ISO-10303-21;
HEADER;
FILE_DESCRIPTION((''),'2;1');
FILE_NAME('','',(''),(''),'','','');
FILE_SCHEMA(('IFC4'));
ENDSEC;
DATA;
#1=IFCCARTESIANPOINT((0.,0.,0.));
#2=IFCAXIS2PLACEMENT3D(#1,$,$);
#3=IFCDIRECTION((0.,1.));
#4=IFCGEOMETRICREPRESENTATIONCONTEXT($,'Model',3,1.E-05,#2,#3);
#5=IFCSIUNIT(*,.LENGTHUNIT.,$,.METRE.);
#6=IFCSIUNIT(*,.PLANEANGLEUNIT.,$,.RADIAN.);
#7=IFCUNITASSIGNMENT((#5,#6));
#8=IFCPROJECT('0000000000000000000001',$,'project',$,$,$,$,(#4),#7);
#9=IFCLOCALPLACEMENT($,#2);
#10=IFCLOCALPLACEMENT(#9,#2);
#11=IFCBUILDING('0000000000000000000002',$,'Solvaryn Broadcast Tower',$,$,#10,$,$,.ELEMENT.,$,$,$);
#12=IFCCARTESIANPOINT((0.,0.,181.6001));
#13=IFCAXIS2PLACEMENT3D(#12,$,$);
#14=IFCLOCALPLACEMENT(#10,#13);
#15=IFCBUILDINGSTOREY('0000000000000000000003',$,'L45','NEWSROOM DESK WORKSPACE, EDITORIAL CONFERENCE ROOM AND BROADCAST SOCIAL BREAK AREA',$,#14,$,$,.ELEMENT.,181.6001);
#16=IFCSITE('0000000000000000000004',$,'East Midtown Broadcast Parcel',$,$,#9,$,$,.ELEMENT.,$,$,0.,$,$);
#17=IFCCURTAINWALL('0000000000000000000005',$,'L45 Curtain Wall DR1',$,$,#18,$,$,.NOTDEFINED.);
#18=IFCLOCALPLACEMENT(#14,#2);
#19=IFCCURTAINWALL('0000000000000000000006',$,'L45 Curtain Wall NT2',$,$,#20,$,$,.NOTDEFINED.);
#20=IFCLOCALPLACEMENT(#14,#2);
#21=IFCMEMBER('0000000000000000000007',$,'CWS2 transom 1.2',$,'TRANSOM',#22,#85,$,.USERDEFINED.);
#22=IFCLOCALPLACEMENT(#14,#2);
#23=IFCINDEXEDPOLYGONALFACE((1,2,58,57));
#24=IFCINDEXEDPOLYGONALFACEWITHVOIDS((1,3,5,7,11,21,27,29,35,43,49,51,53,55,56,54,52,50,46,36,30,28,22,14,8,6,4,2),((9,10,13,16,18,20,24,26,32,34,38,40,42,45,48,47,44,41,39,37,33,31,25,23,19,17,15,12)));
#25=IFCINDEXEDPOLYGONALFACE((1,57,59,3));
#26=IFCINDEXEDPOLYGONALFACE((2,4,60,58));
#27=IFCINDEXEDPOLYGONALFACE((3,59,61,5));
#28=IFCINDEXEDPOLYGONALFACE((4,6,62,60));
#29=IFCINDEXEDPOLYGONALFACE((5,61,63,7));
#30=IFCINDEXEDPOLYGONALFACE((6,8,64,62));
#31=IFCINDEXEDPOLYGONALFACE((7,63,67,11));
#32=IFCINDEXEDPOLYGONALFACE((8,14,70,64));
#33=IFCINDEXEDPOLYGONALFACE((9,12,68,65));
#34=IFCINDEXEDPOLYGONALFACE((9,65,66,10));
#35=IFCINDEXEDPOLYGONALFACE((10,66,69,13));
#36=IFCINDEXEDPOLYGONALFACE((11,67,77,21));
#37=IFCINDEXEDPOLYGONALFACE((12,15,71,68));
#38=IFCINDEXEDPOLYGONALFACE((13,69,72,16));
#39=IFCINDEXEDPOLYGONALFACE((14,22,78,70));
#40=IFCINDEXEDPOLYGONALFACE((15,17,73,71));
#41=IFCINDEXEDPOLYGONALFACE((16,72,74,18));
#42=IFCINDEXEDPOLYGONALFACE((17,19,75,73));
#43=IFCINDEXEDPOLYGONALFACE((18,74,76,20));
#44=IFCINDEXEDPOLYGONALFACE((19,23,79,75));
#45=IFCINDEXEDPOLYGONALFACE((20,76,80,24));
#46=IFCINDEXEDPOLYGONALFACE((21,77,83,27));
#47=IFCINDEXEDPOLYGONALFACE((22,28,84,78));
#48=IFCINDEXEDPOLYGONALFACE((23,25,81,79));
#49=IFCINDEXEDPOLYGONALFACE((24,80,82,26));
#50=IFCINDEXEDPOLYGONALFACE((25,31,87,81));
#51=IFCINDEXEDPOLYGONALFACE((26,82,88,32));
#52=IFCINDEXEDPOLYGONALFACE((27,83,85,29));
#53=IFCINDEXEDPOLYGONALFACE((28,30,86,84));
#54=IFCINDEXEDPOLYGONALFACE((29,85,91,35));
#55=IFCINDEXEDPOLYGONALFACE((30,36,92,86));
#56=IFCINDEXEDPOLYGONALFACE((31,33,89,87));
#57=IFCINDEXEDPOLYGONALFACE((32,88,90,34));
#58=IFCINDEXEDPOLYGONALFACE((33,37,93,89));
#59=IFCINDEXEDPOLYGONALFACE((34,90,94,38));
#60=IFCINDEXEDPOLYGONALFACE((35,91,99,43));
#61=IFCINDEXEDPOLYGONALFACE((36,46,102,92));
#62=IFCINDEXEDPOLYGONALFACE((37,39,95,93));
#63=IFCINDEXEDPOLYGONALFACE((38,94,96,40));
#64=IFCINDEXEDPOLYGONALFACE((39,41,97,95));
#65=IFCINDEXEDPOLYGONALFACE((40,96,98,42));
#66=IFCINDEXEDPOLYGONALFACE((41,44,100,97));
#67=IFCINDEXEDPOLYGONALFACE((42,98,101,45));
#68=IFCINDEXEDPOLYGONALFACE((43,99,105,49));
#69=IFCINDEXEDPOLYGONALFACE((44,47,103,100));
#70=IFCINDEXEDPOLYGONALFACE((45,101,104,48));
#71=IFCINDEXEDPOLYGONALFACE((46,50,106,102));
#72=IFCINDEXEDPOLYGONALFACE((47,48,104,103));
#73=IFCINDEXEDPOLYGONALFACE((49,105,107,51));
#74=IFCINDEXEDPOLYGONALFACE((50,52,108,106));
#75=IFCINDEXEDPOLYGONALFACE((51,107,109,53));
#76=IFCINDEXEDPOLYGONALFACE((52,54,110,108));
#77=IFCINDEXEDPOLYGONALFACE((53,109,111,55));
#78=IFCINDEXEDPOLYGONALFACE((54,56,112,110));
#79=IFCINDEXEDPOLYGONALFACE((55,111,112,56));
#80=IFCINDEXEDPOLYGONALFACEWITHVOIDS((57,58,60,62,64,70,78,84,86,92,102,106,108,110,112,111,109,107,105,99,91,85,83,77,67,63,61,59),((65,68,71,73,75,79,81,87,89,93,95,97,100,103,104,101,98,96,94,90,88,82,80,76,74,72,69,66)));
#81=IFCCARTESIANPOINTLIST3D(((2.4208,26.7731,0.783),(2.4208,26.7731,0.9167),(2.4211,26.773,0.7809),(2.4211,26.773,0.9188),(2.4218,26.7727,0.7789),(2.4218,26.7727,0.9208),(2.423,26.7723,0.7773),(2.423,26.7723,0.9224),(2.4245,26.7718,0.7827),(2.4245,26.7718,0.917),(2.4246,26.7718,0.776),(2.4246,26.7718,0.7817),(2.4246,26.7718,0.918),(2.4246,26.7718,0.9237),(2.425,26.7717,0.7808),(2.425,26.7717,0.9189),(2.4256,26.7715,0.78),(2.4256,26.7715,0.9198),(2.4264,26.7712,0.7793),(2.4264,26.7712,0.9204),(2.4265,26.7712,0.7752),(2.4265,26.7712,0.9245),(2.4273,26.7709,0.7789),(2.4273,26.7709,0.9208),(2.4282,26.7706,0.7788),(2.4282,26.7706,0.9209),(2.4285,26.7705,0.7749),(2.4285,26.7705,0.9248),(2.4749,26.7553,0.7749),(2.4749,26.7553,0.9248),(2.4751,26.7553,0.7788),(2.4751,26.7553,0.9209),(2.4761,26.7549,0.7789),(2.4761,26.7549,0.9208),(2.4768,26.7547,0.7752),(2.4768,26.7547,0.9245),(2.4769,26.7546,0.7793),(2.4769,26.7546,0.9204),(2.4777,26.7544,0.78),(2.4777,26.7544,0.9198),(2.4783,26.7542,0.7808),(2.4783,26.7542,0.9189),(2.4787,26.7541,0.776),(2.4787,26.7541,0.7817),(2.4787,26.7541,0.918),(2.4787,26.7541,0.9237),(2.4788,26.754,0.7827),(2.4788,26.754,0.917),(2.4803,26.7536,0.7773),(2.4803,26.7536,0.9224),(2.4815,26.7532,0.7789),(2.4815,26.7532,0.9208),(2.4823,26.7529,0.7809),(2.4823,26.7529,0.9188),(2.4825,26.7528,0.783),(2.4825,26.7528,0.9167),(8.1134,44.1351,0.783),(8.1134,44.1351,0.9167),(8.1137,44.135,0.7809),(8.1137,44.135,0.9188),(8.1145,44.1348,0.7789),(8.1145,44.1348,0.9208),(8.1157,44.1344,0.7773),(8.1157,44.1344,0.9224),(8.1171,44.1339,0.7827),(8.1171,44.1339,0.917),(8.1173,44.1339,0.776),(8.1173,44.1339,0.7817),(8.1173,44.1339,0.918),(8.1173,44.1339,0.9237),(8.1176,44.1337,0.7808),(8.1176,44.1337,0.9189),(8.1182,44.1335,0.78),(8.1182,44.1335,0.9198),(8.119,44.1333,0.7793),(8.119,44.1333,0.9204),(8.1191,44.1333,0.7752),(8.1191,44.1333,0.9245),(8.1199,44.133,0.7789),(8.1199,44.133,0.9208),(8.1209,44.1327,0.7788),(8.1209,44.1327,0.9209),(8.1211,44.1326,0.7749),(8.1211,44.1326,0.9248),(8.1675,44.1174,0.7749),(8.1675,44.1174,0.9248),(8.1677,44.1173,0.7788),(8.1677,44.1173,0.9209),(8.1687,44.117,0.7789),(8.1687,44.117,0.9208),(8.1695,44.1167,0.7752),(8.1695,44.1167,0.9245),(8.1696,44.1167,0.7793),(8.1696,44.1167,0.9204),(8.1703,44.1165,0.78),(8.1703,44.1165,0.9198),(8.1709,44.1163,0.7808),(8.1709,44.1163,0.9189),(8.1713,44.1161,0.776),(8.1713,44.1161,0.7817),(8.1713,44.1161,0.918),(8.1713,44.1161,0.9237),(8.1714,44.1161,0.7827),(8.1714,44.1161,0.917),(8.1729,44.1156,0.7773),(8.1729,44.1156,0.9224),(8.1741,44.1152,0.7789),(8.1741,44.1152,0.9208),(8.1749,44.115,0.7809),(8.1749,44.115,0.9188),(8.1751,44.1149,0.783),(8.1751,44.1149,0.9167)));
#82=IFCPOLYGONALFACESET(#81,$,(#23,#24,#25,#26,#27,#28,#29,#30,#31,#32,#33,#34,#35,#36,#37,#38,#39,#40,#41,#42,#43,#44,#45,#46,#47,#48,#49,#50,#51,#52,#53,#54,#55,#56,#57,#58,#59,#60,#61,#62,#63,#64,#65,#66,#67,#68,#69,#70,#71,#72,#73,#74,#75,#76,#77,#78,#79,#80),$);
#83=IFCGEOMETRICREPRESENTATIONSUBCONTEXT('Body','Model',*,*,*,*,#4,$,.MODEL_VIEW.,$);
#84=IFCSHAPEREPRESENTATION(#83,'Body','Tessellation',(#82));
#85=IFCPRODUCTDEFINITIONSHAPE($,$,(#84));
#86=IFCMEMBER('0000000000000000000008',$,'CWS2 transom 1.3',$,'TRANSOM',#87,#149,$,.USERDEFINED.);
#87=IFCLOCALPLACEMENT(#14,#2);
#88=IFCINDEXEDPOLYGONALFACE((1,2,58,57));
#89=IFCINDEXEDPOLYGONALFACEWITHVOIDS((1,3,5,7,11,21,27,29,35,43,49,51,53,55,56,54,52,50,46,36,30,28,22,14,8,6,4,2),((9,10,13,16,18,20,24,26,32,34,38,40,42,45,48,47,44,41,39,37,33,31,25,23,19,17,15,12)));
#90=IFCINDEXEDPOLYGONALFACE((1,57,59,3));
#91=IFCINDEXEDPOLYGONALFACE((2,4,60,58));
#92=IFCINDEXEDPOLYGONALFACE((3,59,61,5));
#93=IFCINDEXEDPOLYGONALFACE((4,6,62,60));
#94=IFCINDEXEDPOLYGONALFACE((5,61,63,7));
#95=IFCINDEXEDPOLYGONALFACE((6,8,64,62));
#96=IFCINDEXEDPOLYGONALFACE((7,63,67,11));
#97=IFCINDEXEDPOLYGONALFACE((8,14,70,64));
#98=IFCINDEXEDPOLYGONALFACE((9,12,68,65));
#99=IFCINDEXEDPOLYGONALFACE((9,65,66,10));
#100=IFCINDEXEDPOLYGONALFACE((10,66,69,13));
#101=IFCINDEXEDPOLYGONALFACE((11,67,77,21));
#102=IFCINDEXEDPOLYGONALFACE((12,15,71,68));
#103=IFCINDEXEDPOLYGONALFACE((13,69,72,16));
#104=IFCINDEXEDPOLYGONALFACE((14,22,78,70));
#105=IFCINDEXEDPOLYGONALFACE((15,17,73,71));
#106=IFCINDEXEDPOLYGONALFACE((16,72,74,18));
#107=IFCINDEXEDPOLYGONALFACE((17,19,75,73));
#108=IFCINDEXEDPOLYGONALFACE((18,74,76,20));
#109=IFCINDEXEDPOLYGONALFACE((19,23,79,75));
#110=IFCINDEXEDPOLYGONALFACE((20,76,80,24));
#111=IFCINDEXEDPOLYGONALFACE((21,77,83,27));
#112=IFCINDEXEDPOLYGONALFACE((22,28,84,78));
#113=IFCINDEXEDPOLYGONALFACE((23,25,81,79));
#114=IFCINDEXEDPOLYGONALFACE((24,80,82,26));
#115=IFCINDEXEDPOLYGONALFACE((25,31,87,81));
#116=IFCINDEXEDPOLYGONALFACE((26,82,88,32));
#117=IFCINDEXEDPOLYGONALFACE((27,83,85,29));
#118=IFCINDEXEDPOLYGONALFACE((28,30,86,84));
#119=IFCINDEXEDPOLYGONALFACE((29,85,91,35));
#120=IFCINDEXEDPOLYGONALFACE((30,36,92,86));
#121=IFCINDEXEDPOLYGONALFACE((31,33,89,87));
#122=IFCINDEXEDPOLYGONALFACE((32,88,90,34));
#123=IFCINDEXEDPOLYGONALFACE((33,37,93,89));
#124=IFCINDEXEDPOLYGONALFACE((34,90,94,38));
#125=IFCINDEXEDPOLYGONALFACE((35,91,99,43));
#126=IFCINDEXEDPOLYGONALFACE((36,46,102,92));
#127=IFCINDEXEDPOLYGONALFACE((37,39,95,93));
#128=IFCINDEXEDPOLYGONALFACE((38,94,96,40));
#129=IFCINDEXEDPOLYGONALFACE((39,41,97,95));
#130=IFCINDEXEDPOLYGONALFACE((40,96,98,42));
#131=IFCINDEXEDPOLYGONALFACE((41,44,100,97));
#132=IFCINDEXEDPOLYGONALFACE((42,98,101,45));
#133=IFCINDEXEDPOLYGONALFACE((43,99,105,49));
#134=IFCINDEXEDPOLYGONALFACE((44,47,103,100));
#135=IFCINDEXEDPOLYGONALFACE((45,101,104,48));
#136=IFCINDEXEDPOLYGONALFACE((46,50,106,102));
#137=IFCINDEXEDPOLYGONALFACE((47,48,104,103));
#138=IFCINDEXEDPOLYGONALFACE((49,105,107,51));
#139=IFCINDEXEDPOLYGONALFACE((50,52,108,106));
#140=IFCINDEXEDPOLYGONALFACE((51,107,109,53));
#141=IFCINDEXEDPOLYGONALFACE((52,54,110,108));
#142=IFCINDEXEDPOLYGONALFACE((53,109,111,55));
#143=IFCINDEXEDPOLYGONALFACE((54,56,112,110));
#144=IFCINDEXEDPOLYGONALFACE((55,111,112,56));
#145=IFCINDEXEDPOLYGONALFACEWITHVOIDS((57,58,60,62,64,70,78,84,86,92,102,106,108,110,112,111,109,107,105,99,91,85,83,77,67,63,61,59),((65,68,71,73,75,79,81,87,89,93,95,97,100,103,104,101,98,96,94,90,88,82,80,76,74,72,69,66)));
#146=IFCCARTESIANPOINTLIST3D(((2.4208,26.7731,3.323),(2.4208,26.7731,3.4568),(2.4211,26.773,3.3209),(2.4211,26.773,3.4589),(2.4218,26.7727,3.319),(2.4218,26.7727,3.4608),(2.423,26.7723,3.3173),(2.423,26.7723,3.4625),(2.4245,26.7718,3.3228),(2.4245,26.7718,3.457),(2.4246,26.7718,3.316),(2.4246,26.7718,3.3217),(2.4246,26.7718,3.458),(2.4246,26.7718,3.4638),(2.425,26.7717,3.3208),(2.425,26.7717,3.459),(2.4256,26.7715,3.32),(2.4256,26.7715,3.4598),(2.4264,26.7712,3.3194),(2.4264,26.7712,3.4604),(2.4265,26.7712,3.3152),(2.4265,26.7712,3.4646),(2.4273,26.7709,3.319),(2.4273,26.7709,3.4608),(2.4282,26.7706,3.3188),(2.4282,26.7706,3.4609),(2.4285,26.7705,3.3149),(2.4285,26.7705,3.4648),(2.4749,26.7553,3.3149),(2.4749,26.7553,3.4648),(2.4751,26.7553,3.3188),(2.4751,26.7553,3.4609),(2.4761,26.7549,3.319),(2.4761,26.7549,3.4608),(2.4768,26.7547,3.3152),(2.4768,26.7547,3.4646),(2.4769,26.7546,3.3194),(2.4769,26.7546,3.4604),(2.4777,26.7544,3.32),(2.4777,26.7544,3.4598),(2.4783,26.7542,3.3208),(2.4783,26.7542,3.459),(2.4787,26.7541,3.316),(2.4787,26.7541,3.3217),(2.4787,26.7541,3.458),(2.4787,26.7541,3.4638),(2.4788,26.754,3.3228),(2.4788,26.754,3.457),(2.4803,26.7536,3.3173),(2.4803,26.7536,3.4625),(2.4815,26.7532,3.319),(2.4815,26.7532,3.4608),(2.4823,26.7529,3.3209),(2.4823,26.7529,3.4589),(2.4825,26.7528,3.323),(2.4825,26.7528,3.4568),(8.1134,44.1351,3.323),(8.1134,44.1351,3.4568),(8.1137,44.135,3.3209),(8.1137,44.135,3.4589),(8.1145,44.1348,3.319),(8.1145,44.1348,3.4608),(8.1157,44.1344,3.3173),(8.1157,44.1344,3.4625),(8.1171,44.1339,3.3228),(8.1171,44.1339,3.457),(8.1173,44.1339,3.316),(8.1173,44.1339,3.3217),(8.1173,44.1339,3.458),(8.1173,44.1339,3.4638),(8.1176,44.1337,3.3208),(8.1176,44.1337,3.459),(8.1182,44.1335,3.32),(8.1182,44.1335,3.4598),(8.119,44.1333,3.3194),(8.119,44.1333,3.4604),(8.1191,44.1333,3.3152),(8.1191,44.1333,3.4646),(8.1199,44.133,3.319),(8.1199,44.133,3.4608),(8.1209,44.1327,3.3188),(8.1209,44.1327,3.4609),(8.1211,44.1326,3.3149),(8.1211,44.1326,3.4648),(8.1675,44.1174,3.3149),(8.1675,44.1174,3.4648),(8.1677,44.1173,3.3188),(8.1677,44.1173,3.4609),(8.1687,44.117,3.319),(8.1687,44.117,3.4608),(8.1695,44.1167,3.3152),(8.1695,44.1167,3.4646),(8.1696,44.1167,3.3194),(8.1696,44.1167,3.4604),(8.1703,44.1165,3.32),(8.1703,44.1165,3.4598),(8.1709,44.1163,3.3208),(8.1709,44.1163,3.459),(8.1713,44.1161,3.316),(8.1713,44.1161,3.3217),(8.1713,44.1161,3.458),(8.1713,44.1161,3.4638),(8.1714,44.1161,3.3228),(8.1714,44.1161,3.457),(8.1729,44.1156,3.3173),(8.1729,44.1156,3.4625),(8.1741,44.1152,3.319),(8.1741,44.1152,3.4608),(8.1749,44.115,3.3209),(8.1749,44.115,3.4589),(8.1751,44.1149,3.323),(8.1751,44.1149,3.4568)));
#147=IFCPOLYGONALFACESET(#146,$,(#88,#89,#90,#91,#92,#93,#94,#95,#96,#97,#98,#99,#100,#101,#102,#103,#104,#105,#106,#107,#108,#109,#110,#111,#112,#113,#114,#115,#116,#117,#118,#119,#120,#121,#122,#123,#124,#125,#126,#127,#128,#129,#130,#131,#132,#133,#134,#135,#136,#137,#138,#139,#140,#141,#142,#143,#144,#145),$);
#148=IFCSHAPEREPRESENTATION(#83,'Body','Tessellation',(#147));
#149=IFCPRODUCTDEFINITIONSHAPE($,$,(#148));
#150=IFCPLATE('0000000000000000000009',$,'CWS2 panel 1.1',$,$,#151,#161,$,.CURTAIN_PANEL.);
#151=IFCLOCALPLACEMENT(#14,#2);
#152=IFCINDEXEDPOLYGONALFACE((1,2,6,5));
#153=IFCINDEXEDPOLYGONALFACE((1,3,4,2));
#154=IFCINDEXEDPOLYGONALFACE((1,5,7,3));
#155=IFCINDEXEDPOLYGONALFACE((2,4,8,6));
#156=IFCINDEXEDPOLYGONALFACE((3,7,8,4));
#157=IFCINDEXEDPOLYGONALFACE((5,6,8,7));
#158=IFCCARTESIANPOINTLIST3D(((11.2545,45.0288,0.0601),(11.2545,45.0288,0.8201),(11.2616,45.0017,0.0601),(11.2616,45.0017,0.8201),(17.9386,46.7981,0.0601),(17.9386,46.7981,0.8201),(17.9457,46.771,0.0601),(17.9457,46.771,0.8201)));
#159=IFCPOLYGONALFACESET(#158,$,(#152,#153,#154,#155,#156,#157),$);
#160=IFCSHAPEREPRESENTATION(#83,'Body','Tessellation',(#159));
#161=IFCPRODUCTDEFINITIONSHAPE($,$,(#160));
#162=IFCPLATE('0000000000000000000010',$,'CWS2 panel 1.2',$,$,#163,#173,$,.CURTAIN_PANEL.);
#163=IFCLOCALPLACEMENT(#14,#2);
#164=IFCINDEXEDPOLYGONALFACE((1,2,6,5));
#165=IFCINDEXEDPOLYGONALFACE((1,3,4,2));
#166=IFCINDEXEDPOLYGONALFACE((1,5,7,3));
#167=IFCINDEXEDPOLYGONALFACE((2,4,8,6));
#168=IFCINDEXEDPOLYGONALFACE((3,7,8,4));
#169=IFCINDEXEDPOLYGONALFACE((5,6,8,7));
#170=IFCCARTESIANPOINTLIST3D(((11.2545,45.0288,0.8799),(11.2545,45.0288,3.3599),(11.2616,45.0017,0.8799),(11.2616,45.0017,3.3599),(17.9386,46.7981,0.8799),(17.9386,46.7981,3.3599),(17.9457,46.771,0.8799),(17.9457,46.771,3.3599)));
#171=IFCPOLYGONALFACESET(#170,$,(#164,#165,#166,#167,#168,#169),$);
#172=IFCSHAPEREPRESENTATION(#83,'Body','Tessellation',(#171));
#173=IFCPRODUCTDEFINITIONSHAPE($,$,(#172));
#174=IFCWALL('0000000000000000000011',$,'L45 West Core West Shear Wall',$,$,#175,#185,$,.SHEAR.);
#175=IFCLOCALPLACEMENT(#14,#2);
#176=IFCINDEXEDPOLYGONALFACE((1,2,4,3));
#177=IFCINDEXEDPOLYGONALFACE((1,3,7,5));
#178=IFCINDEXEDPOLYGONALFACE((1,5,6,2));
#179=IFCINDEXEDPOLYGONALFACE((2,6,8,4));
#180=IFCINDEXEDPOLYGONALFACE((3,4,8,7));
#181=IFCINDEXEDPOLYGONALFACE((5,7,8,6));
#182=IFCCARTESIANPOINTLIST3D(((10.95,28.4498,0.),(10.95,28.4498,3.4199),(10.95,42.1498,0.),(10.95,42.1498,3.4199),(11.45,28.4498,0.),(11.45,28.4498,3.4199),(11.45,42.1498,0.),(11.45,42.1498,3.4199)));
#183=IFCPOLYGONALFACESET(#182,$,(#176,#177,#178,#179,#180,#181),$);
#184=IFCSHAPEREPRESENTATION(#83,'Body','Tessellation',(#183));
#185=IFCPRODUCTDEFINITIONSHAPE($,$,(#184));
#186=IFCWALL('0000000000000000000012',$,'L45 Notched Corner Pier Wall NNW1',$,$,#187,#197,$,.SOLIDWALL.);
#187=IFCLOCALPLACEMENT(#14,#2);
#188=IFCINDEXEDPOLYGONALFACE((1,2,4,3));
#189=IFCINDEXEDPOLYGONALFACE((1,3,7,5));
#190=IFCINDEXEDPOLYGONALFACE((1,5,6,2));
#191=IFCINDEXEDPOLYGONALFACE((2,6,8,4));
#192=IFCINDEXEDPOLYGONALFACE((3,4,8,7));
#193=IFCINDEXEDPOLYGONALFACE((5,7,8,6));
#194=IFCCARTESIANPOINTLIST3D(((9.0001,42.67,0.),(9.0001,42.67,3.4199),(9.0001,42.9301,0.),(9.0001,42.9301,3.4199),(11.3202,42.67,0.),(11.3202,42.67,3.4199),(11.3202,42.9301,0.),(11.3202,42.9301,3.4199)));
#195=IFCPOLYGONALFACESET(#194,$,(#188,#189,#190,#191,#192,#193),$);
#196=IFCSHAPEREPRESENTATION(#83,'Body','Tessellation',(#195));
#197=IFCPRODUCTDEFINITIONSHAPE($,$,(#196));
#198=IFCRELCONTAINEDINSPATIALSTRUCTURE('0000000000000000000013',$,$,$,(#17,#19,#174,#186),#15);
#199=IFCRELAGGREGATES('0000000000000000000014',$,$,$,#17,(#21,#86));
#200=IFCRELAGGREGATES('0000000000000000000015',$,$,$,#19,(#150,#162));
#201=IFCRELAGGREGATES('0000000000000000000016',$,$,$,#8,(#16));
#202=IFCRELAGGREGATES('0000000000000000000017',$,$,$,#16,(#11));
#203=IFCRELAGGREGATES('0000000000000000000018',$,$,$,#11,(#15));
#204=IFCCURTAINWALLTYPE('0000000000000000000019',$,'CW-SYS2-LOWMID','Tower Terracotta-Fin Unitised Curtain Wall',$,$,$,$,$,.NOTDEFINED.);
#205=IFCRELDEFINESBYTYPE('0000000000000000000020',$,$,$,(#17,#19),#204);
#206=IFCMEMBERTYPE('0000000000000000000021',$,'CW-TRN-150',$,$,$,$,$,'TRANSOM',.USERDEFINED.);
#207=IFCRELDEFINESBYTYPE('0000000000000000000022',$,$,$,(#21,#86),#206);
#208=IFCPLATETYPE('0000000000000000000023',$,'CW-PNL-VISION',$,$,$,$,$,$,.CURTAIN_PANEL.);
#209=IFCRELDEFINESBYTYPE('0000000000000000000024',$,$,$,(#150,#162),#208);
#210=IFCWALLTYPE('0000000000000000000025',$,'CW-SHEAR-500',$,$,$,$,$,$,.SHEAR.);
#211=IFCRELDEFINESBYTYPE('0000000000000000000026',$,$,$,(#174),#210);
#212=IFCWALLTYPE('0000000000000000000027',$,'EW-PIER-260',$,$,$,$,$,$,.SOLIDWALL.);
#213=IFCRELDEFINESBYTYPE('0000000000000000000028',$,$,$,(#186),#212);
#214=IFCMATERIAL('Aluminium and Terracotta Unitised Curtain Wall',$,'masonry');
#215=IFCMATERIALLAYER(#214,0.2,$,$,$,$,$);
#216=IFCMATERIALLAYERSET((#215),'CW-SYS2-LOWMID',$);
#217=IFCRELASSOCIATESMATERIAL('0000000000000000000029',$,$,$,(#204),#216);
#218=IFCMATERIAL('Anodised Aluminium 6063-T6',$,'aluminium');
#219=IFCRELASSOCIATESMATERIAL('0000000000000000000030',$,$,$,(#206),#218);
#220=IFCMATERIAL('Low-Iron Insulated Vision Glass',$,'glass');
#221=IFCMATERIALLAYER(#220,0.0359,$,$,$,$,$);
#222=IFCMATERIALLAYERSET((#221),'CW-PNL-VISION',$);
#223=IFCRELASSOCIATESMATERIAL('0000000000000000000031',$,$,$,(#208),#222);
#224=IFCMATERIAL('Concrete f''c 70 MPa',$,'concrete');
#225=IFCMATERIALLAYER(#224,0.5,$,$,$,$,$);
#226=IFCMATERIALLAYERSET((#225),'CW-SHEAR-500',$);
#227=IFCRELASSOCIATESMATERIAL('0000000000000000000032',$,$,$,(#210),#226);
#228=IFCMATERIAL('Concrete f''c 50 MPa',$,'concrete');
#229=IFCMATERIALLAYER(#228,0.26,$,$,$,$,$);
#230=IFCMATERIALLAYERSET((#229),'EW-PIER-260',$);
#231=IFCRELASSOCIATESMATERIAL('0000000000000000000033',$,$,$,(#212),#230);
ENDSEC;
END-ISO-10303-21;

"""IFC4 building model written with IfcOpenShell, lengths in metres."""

from ifc_helpers import new_model, si_unit, direction, frame, frame_2d, origin, origin_2d, place, context, subcontext, project, spatial, rectangle, hollow_rectangle, extrude, material, layer, layer_set, material_profile, profile_set, type_object, element, aggregate, save


model = new_model("IFC4")

# Units and contexts
model_context = context("Model", 3, precision=1e-05, world=origin(), true_north=direction((0.0, 1.0)))
body_context = subcontext(model_context, "Body", "Model", "MODEL_VIEW")
ifc_project = project(units=[si_unit("LENGTHUNIT", "METRE"), si_unit("PLANEANGLEUNIT", "RADIAN")], contexts=[model_context])

# Site, building, storey
site_placement = place(None, origin())
site = spatial("IfcSite", under=ifc_project, at=site_placement, Name="East Midtown Broadcast Parcel", CompositionType="ELEMENT", RefElevation=0.0)
building_placement = place(site_placement, origin())
building = spatial("IfcBuilding", under=site, at=building_placement, Name="Solvaryn Broadcast Tower", CompositionType="ELEMENT")
storey_placement = place(building_placement, frame((0.0, 0.0, 181.6001)))
storey = spatial("IfcBuildingStorey", under=building, at=storey_placement, Name="L45", Description="NEWSROOM DESK WORKSPACE, EDITORIAL CONFERENCE ROOM AND BROADCAST SOCIAL BREAK AREA", CompositionType="ELEMENT", Elevation=181.6001)

# Curtain walls
ifc_material_1 = material(Name="Aluminium and Terracotta Unitised Curtain Wall", Category="masonry")
ifc_layer_1 = layer(ifc_material_1, 0.2)
ifc_layer_set_1 = layer_set([ifc_layer_1], Name="CW-SYS2-LOWMID")
curtain_wall_type = type_object("IfcCurtainWallType", Name="CW-SYS2-LOWMID", Description="Tower Terracotta-Fin Unitised Curtain Wall", PredefinedType="NOTDEFINED", material=ifc_layer_set_1)
curtain_wall_1_placement = place(storey_placement, origin())
curtain_wall_1 = element("IfcCurtainWall", 1, at=curtain_wall_1_placement, inside=storey, type_object=curtain_wall_type, Name="L45 Curtain Wall DR1", PredefinedType="NOTDEFINED")
curtain_wall_2_placement = place(storey_placement, origin())
curtain_wall_2 = element("IfcCurtainWall", 2, at=curtain_wall_2_placement, inside=storey, type_object=curtain_wall_type, Name="L45 Curtain Wall NT2", PredefinedType="NOTDEFINED")

# Members
ifc_material_2 = material(Name="Anodised Aluminium 6063-T6", Category="aluminium")
ifc_material_profile_1 = material_profile(ifc_material_2, hollow_rectangle(XDim=0.0649, YDim=0.1499, WallThickness=0.0039, InnerFilletRadius=0.0039, OuterFilletRadius=0.0081, at=origin_2d()))
ifc_profile_set_1 = profile_set([ifc_material_profile_1], Name="Anodised Aluminium 6063-T6")
member_type_1 = type_object("IfcMemberType", Name="CW-TRN-150", ElementType="TRANSOM", PredefinedType="USERDEFINED", material=ifc_profile_set_1)
member_1_placement = place(storey_placement, frame((8.1443, 44.125, 0.8499), z_axis=(-0.311558, -0.950227, 0.0), x_axis=(0.950227, -0.311558, 0.0)))
member_1 = element("IfcMember", 3, at=member_1_placement, type_object=member_type_1, Name="CWS2 transom 1.2", ObjectType="TRANSOM", PredefinedType="USERDEFINED", context=body_context, shape_type="SweptSolid", body=[
    extrude(hollow_rectangle(XDim=0.0649, YDim=0.1499, WallThickness=0.0039, InnerFilletRadius=0.0039, OuterFilletRadius=0.0081, at=origin_2d()), origin(), (0.0, 0.0, 1.0), 18.2715),
])
member_2_placement = place(storey_placement, frame((8.1443, 44.125, 3.3899), z_axis=(-0.311558, -0.950227, 0.0), x_axis=(0.950227, -0.311558, 0.0)))
member_2 = element("IfcMember", 4, at=member_2_placement, type_object=member_type_1, Name="CWS2 transom 1.3", ObjectType="TRANSOM", PredefinedType="USERDEFINED", context=body_context, shape_type="SweptSolid", body=[
    extrude(hollow_rectangle(XDim=0.0649, YDim=0.1499, WallThickness=0.0039, InnerFilletRadius=0.0039, OuterFilletRadius=0.0081, at=origin_2d()), origin(), (0.0, 0.0, 1.0), 18.2715),
])
aggregate(curtain_wall_1, [member_1, member_2])

# Plates
ifc_material_3 = material(Name="Low-Iron Insulated Vision Glass", Category="glass")
ifc_layer_2 = layer(ifc_material_3, 0.0359)
ifc_layer_set_2 = layer_set([ifc_layer_2], Name="CW-PNL-VISION")
plate_type = type_object("IfcPlateType", Name="CW-PNL-VISION", PredefinedType="CURTAIN_PANEL", material=ifc_layer_set_2)
plate_1_placement = place(storey_placement, frame((14.6001, 45.8999, 0.0601), z_axis=(0.0, 0.0, 1.0), x_axis=(-0.966705, -0.255893, 0.0)))
plate_1 = element("IfcPlate", 5, at=plate_1_placement, type_object=plate_type, Name="CWS2 panel 1.1", PredefinedType="CURTAIN_PANEL", context=body_context, shape_type="SweptSolid", body=[
    extrude(rectangle(XDim=6.9143, YDim=0.0281, at=origin_2d()), origin(), (0.0, 0.0, 1.0), 0.76),
])
plate_2_placement = place(storey_placement, frame((14.6001, 45.8999, 0.8799), z_axis=(0.0, 0.0, 1.0), x_axis=(-0.966705, -0.255893, 0.0)))
plate_2 = element("IfcPlate", 6, at=plate_2_placement, type_object=plate_type, Name="CWS2 panel 1.2", PredefinedType="CURTAIN_PANEL", context=body_context, shape_type="SweptSolid", body=[
    extrude(rectangle(XDim=6.9143, YDim=0.0281, at=origin_2d()), origin(), (0.0, 0.0, 1.0), 2.48),
])
aggregate(curtain_wall_2, [plate_1, plate_2])

# Walls
ifc_material_4 = material(Name="Concrete f'c 70 MPa", Category="concrete")
ifc_layer_3 = layer(ifc_material_4, 0.5)
ifc_layer_set_3 = layer_set([ifc_layer_3], Name="CW-SHEAR-500")
wall_type_1 = type_object("IfcWallType", Name="CW-SHEAR-500", PredefinedType="SHEAR", material=ifc_layer_set_3)
wall_1_placement = place(storey_placement, frame((11.2, 42.1499, 0.0), z_axis=(0.0, 0.0, 1.0), x_axis=(0.0, -1.0, 0.0)))
element("IfcWall", 7, at=wall_1_placement, inside=storey, type_object=wall_type_1, Name="L45 West Core West Shear Wall", PredefinedType="SHEAR", context=body_context, shape_type="SweptSolid", body=[
    extrude(rectangle(XDim=13.7, YDim=0.5, at=frame_2d((6.8501, 0.0))), origin(), (0.0, 0.0, 1.0), 3.4199),
])
ifc_material_5 = material(Name="Concrete f'c 50 MPa", Category="concrete")
ifc_layer_4 = layer(ifc_material_5, 0.26)
ifc_layer_set_4 = layer_set([ifc_layer_4], Name="EW-PIER-260")
wall_type_2 = type_object("IfcWallType", Name="EW-PIER-260", PredefinedType="SOLIDWALL", material=ifc_layer_set_4)
wall_2_placement = place(storey_placement, frame((9.0, 42.8, 0.0), z_axis=(0.0, 0.0, 1.0), x_axis=(1.0, 0.0, 0.0)))
element("IfcWall", 8, at=wall_2_placement, inside=storey, type_object=wall_type_2, Name="L45 Notched Corner Pier Wall NNW1", PredefinedType="SOLIDWALL", context=body_context, shape_type="SweptSolid", body=[
    extrude(rectangle(XDim=2.3201, YDim=0.26, at=frame_2d((1.1602, 0.0))), origin(), (0.0, 0.0, 1.0), 3.4199),
])

save(model, "model.ifc")
